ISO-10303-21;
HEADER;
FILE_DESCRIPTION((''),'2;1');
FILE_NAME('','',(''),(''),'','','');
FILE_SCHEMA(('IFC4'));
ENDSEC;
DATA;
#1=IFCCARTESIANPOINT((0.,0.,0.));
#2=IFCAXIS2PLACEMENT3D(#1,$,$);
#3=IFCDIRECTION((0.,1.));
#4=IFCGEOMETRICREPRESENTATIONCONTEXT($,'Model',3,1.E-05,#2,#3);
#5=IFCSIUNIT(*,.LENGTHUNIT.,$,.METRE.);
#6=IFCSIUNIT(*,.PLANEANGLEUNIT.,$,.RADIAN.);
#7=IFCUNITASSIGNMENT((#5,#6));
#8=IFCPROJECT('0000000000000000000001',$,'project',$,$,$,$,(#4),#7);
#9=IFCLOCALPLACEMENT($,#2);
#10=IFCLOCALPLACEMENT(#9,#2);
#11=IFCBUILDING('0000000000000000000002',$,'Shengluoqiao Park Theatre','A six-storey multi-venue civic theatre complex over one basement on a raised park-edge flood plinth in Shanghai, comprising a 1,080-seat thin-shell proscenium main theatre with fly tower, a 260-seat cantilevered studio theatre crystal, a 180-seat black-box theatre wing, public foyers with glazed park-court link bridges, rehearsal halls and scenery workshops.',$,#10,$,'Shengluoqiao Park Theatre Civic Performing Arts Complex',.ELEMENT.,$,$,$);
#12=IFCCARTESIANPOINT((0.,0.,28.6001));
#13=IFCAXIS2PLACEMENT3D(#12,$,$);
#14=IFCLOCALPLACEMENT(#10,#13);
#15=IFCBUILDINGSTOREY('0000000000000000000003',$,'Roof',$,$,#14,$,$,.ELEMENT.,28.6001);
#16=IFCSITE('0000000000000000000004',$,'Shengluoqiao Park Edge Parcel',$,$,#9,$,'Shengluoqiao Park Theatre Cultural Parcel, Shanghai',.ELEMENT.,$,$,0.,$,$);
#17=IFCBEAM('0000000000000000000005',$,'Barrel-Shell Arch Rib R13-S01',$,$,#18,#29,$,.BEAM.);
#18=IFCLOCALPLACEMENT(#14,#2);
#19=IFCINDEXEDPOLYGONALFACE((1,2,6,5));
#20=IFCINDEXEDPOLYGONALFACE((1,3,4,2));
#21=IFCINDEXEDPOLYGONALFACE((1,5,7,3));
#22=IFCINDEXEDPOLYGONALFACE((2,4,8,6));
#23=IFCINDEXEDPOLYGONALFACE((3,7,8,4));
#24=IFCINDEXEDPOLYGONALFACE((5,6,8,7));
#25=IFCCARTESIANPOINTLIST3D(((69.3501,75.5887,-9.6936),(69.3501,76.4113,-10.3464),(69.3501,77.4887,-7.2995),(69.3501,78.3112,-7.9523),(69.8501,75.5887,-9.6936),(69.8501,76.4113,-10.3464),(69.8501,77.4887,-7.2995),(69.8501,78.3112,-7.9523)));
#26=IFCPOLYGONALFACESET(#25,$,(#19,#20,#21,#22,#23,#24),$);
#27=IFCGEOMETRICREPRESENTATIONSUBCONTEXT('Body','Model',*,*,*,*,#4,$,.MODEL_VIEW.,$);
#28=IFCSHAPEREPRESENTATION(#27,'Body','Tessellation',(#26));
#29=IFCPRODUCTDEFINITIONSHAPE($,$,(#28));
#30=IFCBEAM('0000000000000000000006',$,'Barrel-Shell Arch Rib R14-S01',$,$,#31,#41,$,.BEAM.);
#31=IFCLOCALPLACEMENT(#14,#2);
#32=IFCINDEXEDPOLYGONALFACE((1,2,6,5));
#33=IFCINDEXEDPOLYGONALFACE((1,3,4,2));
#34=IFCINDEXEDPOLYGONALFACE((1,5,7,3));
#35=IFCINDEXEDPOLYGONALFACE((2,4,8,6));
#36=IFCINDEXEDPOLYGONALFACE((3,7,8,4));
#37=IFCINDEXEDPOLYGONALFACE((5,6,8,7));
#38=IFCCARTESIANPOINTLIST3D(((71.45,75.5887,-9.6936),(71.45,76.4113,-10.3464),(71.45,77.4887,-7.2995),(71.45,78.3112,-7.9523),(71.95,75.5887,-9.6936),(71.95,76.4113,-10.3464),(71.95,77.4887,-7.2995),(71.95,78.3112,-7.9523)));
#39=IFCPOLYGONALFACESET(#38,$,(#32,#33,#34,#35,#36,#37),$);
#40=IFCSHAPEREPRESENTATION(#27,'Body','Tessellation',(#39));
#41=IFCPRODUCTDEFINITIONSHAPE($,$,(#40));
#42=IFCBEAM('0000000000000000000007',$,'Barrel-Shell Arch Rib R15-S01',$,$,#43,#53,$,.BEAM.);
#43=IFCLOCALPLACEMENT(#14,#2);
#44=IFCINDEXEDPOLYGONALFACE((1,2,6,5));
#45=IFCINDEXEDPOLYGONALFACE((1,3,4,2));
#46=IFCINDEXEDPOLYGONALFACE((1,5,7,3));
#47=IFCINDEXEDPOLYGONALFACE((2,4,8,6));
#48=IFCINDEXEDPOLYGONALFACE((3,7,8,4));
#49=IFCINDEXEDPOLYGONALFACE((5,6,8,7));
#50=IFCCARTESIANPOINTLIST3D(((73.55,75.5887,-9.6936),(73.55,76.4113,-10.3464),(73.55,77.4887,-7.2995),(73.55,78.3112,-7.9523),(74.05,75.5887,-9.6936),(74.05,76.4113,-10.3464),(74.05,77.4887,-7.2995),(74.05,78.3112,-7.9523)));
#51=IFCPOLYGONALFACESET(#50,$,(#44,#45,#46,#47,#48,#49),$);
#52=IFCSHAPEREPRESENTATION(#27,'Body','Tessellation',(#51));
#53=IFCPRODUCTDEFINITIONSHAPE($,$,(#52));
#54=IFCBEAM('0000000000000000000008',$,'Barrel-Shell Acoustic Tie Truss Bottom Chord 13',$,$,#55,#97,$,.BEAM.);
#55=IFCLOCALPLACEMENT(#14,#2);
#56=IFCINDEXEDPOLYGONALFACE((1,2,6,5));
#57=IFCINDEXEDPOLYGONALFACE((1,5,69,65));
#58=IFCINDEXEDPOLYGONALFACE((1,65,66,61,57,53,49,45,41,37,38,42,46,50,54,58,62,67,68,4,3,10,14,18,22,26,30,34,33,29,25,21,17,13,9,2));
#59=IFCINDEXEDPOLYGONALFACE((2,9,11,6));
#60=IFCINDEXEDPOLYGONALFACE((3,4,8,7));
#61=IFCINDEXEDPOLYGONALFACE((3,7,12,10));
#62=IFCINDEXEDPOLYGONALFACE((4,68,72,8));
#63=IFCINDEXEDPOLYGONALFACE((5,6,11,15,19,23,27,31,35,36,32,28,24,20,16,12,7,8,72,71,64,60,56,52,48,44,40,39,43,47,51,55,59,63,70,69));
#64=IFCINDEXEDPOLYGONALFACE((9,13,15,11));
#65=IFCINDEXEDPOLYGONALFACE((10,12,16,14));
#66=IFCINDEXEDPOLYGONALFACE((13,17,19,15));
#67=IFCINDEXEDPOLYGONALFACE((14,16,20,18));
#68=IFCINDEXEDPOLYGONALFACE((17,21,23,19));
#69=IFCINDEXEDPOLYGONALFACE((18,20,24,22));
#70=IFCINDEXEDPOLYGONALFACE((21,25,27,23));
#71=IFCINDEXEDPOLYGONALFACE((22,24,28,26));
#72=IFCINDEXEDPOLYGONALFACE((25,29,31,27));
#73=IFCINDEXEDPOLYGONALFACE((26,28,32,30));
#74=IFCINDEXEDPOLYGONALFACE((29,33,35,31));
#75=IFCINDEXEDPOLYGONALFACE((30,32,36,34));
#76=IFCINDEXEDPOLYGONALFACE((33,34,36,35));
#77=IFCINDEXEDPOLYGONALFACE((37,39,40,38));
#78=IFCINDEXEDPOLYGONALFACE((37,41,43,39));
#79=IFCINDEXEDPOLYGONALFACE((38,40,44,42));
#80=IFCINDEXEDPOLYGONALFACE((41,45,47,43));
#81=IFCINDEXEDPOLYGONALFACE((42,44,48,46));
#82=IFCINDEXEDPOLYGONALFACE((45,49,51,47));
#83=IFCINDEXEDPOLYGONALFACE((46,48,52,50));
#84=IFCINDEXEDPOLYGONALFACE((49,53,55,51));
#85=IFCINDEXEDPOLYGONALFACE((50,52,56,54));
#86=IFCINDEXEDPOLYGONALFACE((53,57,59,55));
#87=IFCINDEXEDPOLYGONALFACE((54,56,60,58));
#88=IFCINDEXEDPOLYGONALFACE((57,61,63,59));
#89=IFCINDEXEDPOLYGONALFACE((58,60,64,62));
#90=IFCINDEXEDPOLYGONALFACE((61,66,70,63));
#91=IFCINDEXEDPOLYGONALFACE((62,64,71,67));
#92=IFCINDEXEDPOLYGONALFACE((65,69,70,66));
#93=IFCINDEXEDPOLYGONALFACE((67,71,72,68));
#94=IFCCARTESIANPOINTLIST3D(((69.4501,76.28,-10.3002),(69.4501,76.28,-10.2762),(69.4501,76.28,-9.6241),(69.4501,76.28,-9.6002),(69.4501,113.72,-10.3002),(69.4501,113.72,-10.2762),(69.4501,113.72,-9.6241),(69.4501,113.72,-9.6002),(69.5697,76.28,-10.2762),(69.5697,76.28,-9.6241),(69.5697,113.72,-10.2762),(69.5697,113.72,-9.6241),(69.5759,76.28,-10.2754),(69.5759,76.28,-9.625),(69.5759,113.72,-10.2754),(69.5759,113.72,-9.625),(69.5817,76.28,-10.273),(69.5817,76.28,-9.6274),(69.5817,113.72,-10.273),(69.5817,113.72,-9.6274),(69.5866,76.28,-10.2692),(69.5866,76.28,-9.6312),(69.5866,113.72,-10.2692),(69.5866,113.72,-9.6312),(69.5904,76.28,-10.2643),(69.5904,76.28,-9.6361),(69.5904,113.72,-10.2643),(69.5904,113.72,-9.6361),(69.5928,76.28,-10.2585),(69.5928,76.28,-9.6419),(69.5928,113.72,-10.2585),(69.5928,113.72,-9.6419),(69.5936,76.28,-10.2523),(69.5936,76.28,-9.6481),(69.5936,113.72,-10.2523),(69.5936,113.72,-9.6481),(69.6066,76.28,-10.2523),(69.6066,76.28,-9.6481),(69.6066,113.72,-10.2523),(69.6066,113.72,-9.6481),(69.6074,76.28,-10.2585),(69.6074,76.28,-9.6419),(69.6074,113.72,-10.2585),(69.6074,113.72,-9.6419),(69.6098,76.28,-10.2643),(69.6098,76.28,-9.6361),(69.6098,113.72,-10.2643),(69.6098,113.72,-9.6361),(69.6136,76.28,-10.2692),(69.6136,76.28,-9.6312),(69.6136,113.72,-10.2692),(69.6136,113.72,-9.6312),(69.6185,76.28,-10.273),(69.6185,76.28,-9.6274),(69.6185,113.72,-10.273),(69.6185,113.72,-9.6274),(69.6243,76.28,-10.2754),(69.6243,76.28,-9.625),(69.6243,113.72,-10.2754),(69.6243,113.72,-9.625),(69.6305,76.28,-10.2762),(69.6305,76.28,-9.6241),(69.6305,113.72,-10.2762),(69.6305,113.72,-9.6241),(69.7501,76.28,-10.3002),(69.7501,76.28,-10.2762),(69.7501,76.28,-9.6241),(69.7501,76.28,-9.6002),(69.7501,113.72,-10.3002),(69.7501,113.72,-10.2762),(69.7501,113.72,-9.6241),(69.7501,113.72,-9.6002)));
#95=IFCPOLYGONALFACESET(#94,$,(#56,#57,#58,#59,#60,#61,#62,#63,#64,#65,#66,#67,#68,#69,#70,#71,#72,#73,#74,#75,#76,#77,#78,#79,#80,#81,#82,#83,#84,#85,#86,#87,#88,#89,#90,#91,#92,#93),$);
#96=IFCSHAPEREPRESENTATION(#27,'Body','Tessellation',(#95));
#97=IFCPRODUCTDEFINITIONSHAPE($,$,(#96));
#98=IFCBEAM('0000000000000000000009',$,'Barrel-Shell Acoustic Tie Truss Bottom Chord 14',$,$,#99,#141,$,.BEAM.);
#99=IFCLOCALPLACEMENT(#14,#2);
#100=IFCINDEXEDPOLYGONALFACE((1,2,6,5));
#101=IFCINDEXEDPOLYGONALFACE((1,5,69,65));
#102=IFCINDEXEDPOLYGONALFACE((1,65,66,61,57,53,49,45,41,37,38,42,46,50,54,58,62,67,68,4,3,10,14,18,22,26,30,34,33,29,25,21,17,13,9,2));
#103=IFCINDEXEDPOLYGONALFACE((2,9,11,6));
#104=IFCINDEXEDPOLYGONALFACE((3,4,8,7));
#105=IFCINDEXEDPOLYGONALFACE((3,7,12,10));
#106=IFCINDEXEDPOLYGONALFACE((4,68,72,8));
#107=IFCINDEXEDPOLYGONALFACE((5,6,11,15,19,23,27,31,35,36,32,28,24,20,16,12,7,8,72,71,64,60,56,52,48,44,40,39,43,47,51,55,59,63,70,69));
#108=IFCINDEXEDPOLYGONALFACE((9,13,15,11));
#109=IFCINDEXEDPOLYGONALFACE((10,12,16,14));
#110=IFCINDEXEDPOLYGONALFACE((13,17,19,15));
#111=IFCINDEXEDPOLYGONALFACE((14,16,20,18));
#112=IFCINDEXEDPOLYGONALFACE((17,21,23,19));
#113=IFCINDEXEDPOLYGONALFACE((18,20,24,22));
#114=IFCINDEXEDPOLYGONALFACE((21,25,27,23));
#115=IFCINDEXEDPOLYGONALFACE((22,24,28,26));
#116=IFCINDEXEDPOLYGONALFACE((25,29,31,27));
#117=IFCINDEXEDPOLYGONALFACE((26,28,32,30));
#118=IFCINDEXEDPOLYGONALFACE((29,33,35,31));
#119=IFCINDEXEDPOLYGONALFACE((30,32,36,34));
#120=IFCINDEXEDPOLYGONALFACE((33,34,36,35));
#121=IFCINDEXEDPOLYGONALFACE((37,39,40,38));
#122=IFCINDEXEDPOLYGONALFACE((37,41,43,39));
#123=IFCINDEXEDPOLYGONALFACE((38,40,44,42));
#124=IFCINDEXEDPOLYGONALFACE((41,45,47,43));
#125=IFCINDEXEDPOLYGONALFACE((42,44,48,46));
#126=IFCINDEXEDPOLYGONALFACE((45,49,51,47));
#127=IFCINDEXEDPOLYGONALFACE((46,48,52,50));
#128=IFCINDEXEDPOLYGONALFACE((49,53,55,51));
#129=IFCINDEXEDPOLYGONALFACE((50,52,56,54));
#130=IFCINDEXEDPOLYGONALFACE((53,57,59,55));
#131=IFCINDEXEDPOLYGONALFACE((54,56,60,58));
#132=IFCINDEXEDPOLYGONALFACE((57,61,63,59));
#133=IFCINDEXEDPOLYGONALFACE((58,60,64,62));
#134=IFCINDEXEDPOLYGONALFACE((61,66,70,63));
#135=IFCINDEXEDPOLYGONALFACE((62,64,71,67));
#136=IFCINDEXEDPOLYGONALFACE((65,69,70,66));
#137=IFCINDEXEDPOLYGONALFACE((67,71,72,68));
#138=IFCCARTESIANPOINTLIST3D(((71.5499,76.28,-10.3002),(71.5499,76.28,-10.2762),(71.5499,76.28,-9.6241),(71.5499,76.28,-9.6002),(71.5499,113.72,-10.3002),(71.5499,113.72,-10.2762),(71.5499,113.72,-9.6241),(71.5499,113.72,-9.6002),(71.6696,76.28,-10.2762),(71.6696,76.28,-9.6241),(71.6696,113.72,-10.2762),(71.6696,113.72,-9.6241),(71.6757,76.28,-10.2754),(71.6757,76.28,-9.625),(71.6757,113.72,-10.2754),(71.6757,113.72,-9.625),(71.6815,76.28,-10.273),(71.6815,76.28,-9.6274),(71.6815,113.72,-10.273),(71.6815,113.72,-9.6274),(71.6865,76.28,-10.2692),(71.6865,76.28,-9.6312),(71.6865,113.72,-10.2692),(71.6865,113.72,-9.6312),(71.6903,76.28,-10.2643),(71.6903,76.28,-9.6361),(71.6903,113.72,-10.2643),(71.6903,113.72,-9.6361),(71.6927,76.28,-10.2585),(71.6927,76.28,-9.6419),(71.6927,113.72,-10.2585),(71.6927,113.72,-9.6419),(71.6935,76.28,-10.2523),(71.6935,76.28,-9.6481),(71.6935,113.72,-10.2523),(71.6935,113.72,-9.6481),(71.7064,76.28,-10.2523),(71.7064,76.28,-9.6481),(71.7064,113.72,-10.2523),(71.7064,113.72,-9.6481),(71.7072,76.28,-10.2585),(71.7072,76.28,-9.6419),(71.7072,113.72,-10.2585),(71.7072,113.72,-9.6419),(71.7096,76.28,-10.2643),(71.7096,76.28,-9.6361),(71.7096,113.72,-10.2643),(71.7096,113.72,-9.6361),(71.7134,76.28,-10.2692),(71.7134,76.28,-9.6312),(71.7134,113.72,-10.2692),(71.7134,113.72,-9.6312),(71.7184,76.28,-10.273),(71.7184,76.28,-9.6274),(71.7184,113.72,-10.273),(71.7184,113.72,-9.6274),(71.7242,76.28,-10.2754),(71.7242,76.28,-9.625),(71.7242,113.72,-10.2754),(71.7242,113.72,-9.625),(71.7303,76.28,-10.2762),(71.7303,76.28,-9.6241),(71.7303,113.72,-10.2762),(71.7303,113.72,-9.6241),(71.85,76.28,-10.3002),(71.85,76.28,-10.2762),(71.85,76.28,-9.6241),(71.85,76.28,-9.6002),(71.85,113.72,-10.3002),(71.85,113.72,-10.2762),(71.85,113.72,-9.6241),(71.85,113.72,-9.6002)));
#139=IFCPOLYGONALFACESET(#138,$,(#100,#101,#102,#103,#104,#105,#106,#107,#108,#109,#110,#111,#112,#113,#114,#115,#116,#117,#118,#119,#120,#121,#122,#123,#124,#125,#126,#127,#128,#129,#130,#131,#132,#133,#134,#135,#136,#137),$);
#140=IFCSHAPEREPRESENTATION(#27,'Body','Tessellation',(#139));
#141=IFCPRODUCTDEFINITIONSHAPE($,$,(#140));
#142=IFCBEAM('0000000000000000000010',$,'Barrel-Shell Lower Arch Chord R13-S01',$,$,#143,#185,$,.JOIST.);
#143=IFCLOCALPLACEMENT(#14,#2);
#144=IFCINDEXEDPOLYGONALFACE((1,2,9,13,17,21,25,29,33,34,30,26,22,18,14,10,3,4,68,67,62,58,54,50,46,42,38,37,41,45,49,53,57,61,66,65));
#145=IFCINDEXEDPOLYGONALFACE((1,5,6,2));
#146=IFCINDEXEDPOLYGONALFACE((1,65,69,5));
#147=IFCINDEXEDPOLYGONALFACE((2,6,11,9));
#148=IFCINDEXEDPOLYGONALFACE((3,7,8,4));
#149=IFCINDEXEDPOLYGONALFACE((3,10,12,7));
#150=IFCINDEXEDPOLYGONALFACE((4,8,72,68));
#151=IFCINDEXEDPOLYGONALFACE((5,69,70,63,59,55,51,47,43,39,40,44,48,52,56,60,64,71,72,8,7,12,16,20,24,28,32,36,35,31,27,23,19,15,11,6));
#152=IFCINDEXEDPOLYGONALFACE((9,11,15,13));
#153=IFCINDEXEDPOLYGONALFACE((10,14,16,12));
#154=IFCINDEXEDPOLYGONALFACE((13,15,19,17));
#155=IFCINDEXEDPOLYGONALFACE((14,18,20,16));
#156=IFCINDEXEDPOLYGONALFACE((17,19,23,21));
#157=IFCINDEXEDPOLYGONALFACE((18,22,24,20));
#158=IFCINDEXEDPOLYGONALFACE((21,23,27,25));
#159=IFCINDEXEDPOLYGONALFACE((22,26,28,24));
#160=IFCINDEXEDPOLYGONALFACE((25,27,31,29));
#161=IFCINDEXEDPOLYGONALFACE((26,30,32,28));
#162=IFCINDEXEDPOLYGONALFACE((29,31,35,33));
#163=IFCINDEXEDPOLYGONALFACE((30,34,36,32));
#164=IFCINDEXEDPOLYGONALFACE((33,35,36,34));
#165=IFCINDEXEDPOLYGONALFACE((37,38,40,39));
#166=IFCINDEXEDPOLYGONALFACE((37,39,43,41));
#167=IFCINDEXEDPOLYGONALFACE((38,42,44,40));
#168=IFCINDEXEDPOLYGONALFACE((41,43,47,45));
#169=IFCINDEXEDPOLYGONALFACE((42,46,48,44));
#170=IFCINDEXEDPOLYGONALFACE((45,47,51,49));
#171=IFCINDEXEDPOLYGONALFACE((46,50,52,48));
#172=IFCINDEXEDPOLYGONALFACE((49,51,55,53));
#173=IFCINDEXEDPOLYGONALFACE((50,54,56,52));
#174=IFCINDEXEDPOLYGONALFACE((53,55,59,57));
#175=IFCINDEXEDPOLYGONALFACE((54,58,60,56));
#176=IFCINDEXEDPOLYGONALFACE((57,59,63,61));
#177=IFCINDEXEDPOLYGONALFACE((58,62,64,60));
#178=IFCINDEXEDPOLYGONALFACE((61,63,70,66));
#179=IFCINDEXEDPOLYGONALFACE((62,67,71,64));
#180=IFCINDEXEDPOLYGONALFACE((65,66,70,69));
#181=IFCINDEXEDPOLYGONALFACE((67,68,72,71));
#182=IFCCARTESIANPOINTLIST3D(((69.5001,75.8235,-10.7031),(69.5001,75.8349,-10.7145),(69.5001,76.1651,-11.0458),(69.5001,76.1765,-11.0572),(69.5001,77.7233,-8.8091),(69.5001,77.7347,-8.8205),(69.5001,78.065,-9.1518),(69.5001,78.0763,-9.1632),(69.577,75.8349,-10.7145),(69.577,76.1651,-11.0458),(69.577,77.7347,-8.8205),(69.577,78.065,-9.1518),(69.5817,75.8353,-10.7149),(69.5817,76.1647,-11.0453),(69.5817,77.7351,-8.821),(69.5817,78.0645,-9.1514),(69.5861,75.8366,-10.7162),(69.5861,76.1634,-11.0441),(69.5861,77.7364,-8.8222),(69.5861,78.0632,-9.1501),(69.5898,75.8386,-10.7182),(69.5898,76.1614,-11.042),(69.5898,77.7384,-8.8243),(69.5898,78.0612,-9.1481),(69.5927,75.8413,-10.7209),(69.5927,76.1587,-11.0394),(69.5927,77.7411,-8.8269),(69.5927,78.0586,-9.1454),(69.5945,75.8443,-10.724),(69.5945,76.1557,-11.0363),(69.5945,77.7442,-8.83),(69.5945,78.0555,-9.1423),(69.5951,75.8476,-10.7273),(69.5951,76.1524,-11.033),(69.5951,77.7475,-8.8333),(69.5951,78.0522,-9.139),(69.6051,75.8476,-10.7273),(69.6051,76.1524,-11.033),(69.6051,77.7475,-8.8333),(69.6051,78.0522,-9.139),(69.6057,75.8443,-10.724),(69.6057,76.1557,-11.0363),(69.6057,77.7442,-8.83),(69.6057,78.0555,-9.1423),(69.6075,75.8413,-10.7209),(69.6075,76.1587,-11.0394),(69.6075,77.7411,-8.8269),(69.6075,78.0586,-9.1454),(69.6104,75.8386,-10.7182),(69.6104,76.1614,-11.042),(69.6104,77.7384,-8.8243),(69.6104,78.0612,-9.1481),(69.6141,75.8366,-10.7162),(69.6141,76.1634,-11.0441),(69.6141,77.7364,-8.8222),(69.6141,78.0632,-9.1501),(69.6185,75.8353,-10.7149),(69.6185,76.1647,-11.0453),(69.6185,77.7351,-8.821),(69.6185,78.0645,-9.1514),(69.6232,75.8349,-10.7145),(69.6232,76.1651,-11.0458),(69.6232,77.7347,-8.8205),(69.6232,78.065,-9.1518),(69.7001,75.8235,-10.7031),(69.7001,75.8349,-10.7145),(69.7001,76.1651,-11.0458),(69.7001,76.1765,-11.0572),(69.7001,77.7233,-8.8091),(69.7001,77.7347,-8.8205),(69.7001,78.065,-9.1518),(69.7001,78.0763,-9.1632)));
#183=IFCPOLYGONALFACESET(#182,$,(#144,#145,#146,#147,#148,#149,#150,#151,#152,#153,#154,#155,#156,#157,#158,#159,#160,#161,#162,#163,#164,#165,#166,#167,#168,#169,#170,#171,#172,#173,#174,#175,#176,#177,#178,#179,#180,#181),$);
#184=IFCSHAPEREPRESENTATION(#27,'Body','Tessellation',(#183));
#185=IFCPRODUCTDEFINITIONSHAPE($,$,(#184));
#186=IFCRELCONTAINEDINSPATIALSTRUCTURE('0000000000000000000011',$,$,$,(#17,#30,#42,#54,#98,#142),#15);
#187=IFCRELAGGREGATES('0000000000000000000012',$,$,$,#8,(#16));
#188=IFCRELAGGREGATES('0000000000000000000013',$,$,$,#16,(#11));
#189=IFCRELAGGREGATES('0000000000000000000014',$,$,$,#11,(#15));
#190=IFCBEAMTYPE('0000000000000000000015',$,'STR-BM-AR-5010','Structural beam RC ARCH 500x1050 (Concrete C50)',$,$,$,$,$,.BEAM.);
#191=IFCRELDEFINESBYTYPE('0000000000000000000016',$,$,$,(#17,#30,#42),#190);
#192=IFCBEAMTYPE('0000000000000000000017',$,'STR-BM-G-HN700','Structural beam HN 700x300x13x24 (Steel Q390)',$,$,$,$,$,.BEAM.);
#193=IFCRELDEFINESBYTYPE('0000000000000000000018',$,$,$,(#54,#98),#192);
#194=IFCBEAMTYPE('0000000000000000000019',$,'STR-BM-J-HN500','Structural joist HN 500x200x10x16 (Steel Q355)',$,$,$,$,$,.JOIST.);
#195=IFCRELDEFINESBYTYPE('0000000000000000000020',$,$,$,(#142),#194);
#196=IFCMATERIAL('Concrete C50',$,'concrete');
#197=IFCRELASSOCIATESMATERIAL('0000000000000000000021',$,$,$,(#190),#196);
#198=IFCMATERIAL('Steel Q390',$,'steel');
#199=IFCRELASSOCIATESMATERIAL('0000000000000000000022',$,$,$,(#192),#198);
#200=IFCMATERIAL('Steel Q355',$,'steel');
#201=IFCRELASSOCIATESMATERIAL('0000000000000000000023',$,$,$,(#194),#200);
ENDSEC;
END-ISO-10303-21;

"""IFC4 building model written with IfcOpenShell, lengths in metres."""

from ifc_helpers import new_model, si_unit, direction, frame, origin, origin_2d, place, context, subcontext, project, spatial, rectangle, i_section, extrude, material, material_profile, profile_set, type_object, element, save


model = new_model("IFC4")

# Units and contexts
model_context = context("Model", 3, precision=1e-05, world=origin(), true_north=direction((0.0, 1.0)))
body_context = subcontext(model_context, "Body", "Model", "MODEL_VIEW")
ifc_project = project(units=[si_unit("LENGTHUNIT", "METRE"), si_unit("PLANEANGLEUNIT", "RADIAN")], contexts=[model_context])

# Site, building, storey
site_placement = place(None, origin())
site = spatial("IfcSite", under=ifc_project, at=site_placement, Name="Shengluoqiao Park Edge Parcel", LongName="Shengluoqiao Park Theatre Cultural Parcel, Shanghai", CompositionType="ELEMENT", RefElevation=0.0)
building_placement = place(site_placement, origin())
building = spatial("IfcBuilding", under=site, at=building_placement, Name="Shengluoqiao Park Theatre", Description="A six-storey multi-venue civic theatre complex over one basement on a raised park-edge flood plinth in Shanghai, comprising a 1,080-seat thin-shell proscenium main theatre with fly tower, a 260-seat cantilevered studio theatre crystal, a 180-seat black-box theatre wing, public foyers with glazed park-court link bridges, rehearsal halls and scenery workshops.", LongName="Shengluoqiao Park Theatre Civic Performing Arts Complex", CompositionType="ELEMENT")
storey_placement = place(building_placement, frame((0.0, 0.0, 28.6001)))
storey = spatial("IfcBuildingStorey", under=building, at=storey_placement, Name="Roof", CompositionType="ELEMENT", Elevation=28.6001)

# Beams
ifc_material_1 = material(Name="Concrete C50", Category="concrete")
ifc_material_profile_1 = material_profile(ifc_material_1, rectangle(XDim=0.5, YDim=1.05, at=origin_2d()), Name="RC ARCH 500x1050")
ifc_profile_set_1 = profile_set([ifc_material_profile_1], Name="Concrete C50")
beam_type_1 = type_object("IfcBeamType", Name="STR-BM-AR-5010", Description="Structural beam RC ARCH 500x1050 (Concrete C50)", PredefinedType="BEAM", material=ifc_profile_set_1)
for number, where, z_axis, x_axis, name in (
    (1, (69.6001, 76.0, -10.02), (0.0, 0.621631, 0.78331), (-1.0, 0.0, 0.0), "Barrel-Shell Arch Rib R13-S01"),
    (2, (71.7, 76.0, -10.02), (0.0, 0.621631, 0.78331), (-1.0, 0.0, 0.0), "Barrel-Shell Arch Rib R14-S01"),
    (3, (73.8, 76.0, -10.02), (0.0, 0.621631, 0.78331), (-1.0, 0.0, 0.0), "Barrel-Shell Arch Rib R15-S01"),
):
    element("IfcBeam", number, at=place(storey_placement, frame(where, z_axis=z_axis, x_axis=x_axis)), inside=storey, type_object=beam_type_1, Name=name, PredefinedType="BEAM", context=body_context, shape_type="SweptSolid", body=[
        extrude(rectangle(XDim=0.5, YDim=1.05, at=origin_2d()), origin(), (0.0, 0.0, 1.0), 3.0564),
    ])
ifc_material_2 = material(Name="Steel Q390", Category="steel")
ifc_material_profile_2 = material_profile(ifc_material_2, i_section(OverallWidth=0.3, OverallDepth=0.7, WebThickness=0.0129, FlangeThickness=0.0239, FilletRadius=0.0239, at=origin_2d()), Name="HN 700x300x13x24")
ifc_profile_set_2 = profile_set([ifc_material_profile_2], Name="Steel Q390")
beam_type_2 = type_object("IfcBeamType", Name="STR-BM-G-HN700", Description="Structural beam HN 700x300x13x24 (Steel Q390)", PredefinedType="BEAM", material=ifc_profile_set_2)
for number, where, z_axis, x_axis, name in (
    (4, (69.6001, 76.28, -9.9502), (0.0, 1.0, 0.0), (-1.0, 0.0, 0.0), "Barrel-Shell Acoustic Tie Truss Bottom Chord 13"),
    (5, (71.7, 76.28, -9.9502), (0.0, 1.0, 0.0), (-1.0, 0.0, 0.0), "Barrel-Shell Acoustic Tie Truss Bottom Chord 14"),
):
    element("IfcBeam", number, at=place(storey_placement, frame(where, z_axis=z_axis, x_axis=x_axis)), inside=storey, type_object=beam_type_2, Name=name, PredefinedType="BEAM", context=body_context, shape_type="SweptSolid", body=[
        extrude(i_section(OverallWidth=0.3, OverallDepth=0.7, WebThickness=0.0129, FlangeThickness=0.0239, FilletRadius=0.0239, at=origin_2d()), origin(), (0.0, 0.0, 1.0), 37.4399),
    ])
ifc_material_3 = material(Name="Steel Q355", Category="steel")
ifc_material_profile_3 = material_profile(ifc_material_3, i_section(OverallWidth=0.2, OverallDepth=0.5, WebThickness=0.01, FlangeThickness=0.0161, FilletRadius=0.0181, at=origin_2d()), Name="HN 500x200x10x16")
ifc_profile_set_3 = profile_set([ifc_material_profile_3], Name="Steel Q355")
beam_type_3 = type_object("IfcBeamType", Name="STR-BM-J-HN500", Description="Structural joist HN 500x200x10x16 (Steel Q355)", PredefinedType="JOIST", material=ifc_profile_set_3)
beam_1_placement = place(storey_placement, frame((69.6001, 76.0, -10.8801), z_axis=(0.0, 0.708198, 0.706014), x_axis=(-1.0, 0.0, 0.0)))
element("IfcBeam", 6, at=beam_1_placement, inside=storey, type_object=beam_type_3, Name="Barrel-Shell Lower Arch Chord R13-S01", PredefinedType="JOIST", context=body_context, shape_type="SweptSolid", body=[
    extrude(i_section(OverallWidth=0.2, OverallDepth=0.5, WebThickness=0.01, FlangeThickness=0.0161, FilletRadius=0.0181, at=origin_2d()), origin(), (0.0, 0.0, 1.0), 2.6826),
])

save(model, "model.ifc")
